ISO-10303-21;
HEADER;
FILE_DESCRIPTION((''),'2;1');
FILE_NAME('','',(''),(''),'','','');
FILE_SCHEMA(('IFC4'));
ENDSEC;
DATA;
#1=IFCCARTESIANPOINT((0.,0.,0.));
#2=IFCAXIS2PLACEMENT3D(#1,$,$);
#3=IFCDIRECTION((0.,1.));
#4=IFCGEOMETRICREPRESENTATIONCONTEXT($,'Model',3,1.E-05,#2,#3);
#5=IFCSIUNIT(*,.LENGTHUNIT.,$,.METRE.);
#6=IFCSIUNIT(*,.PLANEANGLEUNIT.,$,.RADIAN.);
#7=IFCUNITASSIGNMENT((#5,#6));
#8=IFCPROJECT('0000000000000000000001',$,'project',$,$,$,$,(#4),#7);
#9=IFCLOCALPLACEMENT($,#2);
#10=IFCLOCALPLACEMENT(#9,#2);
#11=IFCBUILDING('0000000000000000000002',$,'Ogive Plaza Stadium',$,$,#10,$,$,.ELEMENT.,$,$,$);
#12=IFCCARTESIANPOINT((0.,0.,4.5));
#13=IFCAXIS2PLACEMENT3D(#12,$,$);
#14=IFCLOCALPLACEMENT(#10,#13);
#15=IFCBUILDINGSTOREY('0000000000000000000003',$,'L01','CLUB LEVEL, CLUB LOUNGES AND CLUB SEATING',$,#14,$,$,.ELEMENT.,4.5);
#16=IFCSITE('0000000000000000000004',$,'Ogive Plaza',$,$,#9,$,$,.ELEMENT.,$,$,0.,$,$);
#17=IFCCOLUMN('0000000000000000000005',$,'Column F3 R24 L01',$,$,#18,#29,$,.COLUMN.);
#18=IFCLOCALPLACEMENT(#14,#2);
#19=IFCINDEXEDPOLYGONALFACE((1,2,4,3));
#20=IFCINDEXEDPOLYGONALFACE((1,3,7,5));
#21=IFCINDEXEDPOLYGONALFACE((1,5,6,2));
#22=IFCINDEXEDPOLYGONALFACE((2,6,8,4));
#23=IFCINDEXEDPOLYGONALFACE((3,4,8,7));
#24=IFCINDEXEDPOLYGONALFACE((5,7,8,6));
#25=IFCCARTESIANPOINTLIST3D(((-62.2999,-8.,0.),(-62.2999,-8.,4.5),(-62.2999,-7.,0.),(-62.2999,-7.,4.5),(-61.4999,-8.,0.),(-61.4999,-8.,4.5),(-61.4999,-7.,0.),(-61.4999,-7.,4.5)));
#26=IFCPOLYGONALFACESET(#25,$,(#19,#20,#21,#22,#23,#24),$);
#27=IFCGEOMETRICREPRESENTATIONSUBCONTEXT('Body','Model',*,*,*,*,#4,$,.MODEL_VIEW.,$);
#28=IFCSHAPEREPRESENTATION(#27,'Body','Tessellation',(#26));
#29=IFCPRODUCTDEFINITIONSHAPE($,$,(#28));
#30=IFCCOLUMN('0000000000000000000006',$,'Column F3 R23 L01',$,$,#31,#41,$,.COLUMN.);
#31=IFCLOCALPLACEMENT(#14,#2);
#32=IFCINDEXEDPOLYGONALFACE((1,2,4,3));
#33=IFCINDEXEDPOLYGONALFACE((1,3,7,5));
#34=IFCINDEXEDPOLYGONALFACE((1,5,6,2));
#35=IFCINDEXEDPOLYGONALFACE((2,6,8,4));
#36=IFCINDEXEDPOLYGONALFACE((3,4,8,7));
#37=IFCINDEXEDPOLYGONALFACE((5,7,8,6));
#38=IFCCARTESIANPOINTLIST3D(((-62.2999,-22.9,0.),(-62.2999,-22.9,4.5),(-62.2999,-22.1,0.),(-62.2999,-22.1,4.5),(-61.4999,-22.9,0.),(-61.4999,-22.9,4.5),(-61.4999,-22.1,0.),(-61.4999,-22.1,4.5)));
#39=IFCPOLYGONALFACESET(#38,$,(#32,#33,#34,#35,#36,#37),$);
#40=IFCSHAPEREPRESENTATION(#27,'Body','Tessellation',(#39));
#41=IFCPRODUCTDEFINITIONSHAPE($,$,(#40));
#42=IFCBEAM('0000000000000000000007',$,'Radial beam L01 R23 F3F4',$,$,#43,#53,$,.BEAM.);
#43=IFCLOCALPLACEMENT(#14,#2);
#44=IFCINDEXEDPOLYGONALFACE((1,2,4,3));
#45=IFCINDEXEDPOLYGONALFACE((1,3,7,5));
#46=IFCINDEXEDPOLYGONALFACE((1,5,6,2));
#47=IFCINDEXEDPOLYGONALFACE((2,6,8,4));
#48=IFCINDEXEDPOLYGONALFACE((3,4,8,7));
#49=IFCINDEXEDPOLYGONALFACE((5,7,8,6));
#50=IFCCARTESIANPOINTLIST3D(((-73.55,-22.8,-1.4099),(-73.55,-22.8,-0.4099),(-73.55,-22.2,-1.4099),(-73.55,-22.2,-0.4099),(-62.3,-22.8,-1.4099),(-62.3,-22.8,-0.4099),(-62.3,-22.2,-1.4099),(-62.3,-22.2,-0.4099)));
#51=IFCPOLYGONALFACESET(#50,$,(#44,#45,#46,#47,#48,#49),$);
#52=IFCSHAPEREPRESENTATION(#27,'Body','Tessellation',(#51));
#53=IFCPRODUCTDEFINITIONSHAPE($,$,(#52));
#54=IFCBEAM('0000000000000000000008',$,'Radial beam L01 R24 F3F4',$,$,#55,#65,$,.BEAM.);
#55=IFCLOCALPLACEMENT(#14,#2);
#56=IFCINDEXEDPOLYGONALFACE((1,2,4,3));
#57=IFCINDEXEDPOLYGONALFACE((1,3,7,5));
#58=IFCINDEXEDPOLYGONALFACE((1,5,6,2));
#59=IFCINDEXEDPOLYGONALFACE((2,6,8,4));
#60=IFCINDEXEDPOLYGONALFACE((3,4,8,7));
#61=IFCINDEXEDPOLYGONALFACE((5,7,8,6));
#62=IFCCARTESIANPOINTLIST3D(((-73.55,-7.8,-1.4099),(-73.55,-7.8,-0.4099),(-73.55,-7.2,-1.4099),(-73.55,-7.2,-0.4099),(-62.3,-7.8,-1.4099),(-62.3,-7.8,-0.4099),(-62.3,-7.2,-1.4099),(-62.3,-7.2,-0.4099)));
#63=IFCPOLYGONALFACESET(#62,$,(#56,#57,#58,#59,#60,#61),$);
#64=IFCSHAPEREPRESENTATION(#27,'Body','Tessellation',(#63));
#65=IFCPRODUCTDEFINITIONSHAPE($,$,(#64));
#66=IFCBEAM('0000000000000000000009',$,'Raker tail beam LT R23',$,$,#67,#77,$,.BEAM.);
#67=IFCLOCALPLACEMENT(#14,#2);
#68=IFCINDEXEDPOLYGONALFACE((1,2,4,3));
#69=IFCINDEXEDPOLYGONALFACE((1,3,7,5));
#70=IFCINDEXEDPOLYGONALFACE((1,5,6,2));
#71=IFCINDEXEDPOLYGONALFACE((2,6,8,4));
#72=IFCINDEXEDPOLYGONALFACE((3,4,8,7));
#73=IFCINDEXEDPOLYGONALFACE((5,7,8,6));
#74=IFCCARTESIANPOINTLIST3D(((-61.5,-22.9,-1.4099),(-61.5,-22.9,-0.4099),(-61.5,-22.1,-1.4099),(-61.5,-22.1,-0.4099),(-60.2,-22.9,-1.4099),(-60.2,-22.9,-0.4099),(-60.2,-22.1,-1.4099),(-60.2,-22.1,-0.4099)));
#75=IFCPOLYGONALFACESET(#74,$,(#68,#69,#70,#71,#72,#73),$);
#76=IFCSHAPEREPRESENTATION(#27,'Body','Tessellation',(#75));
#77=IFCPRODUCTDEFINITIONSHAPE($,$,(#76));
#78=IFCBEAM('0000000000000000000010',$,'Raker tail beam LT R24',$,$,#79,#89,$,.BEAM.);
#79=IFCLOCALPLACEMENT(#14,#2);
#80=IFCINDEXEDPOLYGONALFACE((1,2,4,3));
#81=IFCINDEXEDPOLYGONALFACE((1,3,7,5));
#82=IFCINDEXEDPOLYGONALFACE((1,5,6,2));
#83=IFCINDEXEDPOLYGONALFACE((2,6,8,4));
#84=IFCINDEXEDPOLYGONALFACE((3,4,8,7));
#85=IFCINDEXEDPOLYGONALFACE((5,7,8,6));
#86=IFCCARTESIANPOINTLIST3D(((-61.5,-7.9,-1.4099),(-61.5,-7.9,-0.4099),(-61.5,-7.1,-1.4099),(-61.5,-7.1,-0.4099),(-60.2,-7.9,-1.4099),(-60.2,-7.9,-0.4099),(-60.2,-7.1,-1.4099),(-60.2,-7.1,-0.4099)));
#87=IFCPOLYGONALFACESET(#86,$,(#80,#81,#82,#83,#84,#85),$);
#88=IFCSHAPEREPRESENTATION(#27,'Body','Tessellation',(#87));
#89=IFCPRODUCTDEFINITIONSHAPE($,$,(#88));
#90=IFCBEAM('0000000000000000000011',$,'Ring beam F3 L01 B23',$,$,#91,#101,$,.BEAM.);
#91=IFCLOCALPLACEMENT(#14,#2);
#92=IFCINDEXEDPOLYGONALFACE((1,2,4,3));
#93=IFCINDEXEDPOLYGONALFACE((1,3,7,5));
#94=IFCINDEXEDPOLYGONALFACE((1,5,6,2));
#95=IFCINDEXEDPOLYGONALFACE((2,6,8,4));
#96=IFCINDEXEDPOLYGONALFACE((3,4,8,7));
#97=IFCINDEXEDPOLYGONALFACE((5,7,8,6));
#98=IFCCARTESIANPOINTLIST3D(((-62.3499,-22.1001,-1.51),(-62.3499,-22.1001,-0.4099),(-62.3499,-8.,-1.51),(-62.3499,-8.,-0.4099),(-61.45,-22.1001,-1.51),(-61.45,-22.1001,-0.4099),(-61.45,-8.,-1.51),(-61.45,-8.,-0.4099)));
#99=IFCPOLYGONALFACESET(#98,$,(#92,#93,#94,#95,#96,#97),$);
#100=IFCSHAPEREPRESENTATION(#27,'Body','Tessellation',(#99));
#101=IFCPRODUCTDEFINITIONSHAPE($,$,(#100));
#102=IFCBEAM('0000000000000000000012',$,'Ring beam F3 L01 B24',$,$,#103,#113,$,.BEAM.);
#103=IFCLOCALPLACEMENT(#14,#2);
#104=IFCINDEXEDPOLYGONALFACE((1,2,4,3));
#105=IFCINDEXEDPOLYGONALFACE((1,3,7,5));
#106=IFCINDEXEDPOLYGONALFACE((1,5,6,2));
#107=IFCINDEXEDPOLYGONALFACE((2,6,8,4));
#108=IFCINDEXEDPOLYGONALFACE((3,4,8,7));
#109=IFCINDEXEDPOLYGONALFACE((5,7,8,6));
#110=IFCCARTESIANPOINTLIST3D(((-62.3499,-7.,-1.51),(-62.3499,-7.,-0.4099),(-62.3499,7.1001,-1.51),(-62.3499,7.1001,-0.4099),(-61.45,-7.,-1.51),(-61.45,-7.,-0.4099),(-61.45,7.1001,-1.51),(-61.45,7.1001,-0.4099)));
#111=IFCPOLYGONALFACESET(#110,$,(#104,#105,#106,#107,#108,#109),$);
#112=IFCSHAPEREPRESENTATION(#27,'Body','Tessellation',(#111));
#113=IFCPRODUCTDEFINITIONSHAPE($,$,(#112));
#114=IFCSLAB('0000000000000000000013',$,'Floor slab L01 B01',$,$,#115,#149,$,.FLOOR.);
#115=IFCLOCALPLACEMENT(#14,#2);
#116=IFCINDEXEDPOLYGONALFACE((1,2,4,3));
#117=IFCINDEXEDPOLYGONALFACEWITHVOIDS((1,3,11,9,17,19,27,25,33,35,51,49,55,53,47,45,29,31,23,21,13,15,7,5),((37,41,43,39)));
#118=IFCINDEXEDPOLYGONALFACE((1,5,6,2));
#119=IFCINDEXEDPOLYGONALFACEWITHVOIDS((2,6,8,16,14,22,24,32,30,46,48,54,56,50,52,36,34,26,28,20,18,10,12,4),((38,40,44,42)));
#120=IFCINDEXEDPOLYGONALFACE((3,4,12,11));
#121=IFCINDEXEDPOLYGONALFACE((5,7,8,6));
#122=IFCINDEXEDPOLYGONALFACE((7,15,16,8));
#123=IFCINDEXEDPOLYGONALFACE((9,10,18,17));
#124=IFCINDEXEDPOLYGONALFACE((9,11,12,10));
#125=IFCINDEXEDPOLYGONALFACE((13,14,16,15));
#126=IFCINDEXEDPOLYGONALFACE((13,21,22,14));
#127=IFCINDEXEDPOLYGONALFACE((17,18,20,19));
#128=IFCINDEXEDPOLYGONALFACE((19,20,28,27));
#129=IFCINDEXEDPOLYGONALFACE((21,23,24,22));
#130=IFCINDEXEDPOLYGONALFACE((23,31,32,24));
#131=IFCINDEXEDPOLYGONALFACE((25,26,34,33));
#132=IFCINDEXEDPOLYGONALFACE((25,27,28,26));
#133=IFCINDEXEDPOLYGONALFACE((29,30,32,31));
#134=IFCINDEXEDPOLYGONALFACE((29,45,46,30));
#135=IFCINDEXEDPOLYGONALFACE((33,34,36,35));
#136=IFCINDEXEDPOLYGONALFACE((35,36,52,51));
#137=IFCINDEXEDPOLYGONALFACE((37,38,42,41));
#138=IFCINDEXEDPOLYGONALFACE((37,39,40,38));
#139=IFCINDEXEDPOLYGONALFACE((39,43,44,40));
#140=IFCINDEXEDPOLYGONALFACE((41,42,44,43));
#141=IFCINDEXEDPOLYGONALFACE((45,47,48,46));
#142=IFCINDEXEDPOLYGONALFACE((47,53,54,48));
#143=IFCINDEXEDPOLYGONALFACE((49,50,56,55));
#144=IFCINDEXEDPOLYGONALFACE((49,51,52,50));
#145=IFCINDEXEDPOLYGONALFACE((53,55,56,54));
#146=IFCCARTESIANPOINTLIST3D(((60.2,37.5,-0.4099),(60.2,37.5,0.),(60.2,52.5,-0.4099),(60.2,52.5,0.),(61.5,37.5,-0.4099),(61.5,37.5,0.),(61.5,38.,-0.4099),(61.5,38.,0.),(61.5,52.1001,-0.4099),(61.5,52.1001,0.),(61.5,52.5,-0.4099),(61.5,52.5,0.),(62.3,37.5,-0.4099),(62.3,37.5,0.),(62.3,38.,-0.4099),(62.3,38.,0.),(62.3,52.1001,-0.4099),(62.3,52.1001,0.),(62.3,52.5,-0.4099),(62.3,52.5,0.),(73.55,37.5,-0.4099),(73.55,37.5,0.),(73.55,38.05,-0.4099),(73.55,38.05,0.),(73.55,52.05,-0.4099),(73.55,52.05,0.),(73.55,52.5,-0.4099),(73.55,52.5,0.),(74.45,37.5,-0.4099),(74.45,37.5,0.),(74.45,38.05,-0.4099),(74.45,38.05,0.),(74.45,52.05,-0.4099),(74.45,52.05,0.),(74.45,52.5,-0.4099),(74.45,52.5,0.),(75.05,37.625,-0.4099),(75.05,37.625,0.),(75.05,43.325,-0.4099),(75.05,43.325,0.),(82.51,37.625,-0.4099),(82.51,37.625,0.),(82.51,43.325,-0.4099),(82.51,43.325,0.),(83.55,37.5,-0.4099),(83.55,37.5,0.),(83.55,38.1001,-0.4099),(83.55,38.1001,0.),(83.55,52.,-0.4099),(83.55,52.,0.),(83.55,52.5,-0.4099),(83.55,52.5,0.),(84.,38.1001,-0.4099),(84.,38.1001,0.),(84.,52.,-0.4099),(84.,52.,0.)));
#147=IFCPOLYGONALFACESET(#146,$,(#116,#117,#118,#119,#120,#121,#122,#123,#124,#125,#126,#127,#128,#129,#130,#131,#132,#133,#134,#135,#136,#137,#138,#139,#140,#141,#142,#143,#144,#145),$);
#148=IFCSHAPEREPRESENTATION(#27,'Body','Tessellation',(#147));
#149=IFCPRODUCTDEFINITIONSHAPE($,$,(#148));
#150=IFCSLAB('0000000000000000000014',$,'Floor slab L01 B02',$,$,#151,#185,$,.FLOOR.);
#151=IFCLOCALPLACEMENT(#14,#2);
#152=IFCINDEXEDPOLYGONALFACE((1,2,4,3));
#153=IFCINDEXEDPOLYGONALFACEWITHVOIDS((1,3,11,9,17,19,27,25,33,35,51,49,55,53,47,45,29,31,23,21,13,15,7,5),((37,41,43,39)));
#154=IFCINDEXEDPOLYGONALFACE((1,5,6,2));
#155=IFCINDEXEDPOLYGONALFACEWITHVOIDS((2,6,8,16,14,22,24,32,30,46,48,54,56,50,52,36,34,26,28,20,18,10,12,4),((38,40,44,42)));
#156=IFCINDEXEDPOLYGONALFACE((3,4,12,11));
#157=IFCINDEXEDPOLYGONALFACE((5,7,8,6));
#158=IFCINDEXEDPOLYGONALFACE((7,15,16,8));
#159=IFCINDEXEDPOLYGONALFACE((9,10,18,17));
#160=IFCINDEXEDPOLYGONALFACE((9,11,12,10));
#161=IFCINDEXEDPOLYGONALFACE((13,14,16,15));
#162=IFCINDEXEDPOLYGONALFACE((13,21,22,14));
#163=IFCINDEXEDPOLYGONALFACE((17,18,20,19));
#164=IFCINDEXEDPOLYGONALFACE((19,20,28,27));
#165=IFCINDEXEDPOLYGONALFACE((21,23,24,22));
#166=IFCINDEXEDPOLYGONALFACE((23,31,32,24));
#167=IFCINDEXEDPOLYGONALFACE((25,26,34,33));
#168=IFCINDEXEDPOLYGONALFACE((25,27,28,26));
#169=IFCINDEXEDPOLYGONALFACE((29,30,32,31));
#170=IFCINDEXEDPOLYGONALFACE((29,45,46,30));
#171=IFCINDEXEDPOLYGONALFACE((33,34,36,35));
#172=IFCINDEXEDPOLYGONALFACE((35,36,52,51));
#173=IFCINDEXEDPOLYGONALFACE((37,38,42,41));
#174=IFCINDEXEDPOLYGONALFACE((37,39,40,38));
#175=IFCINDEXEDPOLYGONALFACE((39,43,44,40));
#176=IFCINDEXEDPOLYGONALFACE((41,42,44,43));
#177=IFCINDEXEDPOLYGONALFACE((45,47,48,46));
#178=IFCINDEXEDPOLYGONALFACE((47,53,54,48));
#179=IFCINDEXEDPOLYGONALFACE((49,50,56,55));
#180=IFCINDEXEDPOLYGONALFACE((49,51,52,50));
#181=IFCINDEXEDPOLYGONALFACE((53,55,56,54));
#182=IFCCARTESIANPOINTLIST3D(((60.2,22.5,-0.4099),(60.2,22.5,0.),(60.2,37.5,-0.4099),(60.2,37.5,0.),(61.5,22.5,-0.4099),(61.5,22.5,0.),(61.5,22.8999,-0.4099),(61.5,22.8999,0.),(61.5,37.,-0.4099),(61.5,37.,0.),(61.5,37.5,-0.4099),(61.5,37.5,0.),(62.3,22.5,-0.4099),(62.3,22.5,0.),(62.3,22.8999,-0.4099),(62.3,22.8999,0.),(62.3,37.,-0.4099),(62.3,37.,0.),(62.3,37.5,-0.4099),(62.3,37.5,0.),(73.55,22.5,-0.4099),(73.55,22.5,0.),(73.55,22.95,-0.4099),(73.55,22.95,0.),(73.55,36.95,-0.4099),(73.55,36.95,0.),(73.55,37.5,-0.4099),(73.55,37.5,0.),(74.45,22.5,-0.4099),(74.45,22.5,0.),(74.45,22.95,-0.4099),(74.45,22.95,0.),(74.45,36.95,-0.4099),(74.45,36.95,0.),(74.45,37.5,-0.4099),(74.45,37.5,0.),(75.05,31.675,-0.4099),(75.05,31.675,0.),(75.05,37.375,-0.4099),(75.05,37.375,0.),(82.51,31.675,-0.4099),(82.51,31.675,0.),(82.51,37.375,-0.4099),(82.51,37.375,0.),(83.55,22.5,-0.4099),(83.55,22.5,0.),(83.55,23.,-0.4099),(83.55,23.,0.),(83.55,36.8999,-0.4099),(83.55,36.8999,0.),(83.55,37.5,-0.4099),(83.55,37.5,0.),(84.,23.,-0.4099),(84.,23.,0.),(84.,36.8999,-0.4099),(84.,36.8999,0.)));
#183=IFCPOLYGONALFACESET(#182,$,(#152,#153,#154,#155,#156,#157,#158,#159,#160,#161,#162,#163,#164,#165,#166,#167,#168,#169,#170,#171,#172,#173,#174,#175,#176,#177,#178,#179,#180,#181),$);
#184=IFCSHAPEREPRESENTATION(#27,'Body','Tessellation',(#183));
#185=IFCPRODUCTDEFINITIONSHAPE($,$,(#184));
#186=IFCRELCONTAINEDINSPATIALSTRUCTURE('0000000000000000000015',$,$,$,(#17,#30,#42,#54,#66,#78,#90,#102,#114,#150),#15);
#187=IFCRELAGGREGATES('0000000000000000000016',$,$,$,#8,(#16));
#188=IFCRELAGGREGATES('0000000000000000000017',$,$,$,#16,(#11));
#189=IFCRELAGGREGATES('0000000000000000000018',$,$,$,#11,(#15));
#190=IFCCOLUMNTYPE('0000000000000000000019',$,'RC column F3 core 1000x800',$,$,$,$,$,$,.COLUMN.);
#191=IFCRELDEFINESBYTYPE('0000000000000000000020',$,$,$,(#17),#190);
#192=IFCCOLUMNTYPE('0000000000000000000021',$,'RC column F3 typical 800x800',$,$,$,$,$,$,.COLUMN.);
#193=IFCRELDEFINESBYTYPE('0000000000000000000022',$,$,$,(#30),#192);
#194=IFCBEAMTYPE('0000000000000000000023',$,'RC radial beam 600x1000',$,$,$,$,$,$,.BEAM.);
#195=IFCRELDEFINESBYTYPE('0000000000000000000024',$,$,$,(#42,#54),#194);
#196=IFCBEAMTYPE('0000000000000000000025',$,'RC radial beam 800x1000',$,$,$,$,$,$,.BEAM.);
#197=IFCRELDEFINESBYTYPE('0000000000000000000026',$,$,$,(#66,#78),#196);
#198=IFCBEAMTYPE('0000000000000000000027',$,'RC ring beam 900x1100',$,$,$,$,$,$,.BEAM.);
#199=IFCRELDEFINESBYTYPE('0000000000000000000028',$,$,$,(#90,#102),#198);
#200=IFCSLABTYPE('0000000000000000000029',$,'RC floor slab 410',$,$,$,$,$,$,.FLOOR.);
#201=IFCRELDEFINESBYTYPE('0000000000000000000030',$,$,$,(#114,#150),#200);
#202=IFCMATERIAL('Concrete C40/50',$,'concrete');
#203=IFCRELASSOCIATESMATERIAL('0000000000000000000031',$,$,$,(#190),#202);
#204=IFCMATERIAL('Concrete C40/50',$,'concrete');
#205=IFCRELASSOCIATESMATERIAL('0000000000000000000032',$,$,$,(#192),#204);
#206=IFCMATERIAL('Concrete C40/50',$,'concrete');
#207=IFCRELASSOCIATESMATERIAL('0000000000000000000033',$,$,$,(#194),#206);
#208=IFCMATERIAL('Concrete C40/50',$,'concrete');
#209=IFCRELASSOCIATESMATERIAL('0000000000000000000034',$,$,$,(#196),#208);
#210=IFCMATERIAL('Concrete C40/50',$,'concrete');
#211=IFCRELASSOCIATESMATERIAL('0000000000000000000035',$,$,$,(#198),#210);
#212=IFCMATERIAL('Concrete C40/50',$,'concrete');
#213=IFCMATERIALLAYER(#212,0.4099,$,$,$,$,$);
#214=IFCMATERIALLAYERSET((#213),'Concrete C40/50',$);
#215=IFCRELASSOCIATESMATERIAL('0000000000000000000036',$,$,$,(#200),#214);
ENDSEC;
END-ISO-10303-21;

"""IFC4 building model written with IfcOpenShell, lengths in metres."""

from ifc_helpers import new_model, si_unit, direction, frame, origin, origin_2d, place, context, subcontext, project, spatial, polyline, rectangle, outline, extrude, material, layer, layer_set, material_profile, profile_set, type_object, element, save


model = new_model("IFC4")

# Units and contexts
model_context = context("Model", 3, precision=1e-05, world=origin(), true_north=direction((0.0, 1.0)))
body_context = subcontext(model_context, "Body", "Model", "MODEL_VIEW")
ifc_project = project(units=[si_unit("LENGTHUNIT", "METRE"), si_unit("PLANEANGLEUNIT", "RADIAN")], contexts=[model_context])

# Site, building, storey
site_placement = place(None, origin())
site = spatial("IfcSite", under=ifc_project, at=site_placement, Name="Ogive Plaza", CompositionType="ELEMENT", RefElevation=0.0)
building_placement = place(site_placement, origin())
building = spatial("IfcBuilding", under=site, at=building_placement, Name="Ogive Plaza Stadium", CompositionType="ELEMENT")
storey_placement = place(building_placement, frame((0.0, 0.0, 4.5)))
storey = spatial("IfcBuildingStorey", under=building, at=storey_placement, Name="L01", Description="CLUB LEVEL, CLUB LOUNGES AND CLUB SEATING", CompositionType="ELEMENT", Elevation=4.5)

# Columns
ifc_material_1 = material(Name="Concrete C40/50", Category="concrete")
ifc_material_profile_1 = material_profile(ifc_material_1, rectangle(XDim=1.0, YDim=0.8, at=origin_2d()), Name="RC 1000x800")
ifc_profile_set_1 = profile_set([ifc_material_profile_1], Name="Concrete C40/50")
column_type_1 = type_object("IfcColumnType", Name="RC column F3 core 1000x800", PredefinedType="COLUMN", material=ifc_profile_set_1)
column_1_placement = place(storey_placement, frame((-61.8999, -7.5, 0.0), z_axis=(0.0, 0.0, 1.0), x_axis=(0.0, -1.0, 0.0)))
element("IfcColumn", 1, at=column_1_placement, inside=storey, type_object=column_type_1, Name="Column F3 R24 L01", PredefinedType="COLUMN", context=body_context, shape_type="SweptSolid", body=[
    extrude(rectangle(XDim=1.0, YDim=0.8, at=origin_2d()), origin(), (0.0, 0.0, 1.0), 4.5),
])
ifc_material_2 = material(Name="Concrete C40/50", Category="concrete")
ifc_material_profile_2 = material_profile(ifc_material_2, rectangle(XDim=0.8, YDim=0.8, at=origin_2d()), Name="RC 800x800")
ifc_profile_set_2 = profile_set([ifc_material_profile_2], Name="Concrete C40/50")
column_type_2 = type_object("IfcColumnType", Name="RC column F3 typical 800x800", PredefinedType="COLUMN", material=ifc_profile_set_2)
column_2_placement = place(storey_placement, frame((-61.8999, -22.5, 0.0), z_axis=(0.0, 0.0, 1.0), x_axis=(0.0, -1.0, 0.0)))
element("IfcColumn", 2, at=column_2_placement, inside=storey, type_object=column_type_2, Name="Column F3 R23 L01", PredefinedType="COLUMN", context=body_context, shape_type="SweptSolid", body=[
    extrude(rectangle(XDim=0.8, YDim=0.8, at=origin_2d()), origin(), (0.0, 0.0, 1.0), 4.5),
])

# Beams
ifc_material_3 = material(Name="Concrete C40/50", Category="concrete")
ifc_material_profile_3 = material_profile(ifc_material_3, rectangle(XDim=0.6001, YDim=1.0, at=origin_2d()), Name="RC 600x1000")
ifc_profile_set_3 = profile_set([ifc_material_profile_3], Name="Concrete C40/50")
beam_type_1 = type_object("IfcBeamType", Name="RC radial beam 600x1000", PredefinedType="BEAM", material=ifc_profile_set_3)
for number, where, z_axis, x_axis, name in (
    (3, (-62.3, -22.5, -0.9099), (-1.0, 0.0, 0.0), (0.0, -1.0, 0.0), "Radial beam L01 R23 F3F4"),
    (4, (-62.3, -7.5, -0.9099), (-1.0, 0.0, 0.0), (0.0, -1.0, 0.0), "Radial beam L01 R24 F3F4"),
):
    element("IfcBeam", number, at=place(storey_placement, frame(where, z_axis=z_axis, x_axis=x_axis)), inside=storey, type_object=beam_type_1, Name=name, PredefinedType="BEAM", context=body_context, shape_type="SweptSolid", body=[
        extrude(rectangle(XDim=0.6001, YDim=1.0, at=origin_2d()), origin(), (0.0, 0.0, 1.0), 11.25),
    ])
ifc_material_4 = material(Name="Concrete C40/50", Category="concrete")
ifc_material_profile_4 = material_profile(ifc_material_4, rectangle(XDim=0.8, YDim=1.0, at=origin_2d()), Name="RC 800x1000")
ifc_profile_set_4 = profile_set([ifc_material_profile_4], Name="Concrete C40/50")
beam_type_2 = type_object("IfcBeamType", Name="RC radial beam 800x1000", PredefinedType="BEAM", material=ifc_profile_set_4)
for number, where, z_axis, x_axis, name in (
    (5, (-60.2, -22.5, -0.9099), (-1.0, 0.0, 0.0), (0.0, -1.0, 0.0), "Raker tail beam LT R23"),
    (6, (-60.2, -7.5, -0.9099), (-1.0, 0.0, 0.0), (0.0, -1.0, 0.0), "Raker tail beam LT R24"),
):
    element("IfcBeam", number, at=place(storey_placement, frame(where, z_axis=z_axis, x_axis=x_axis)), inside=storey, type_object=beam_type_2, Name=name, PredefinedType="BEAM", context=body_context, shape_type="SweptSolid", body=[
        extrude(rectangle(XDim=0.8, YDim=1.0, at=origin_2d()), origin(), (0.0, 0.0, 1.0), 1.3),
    ])
ifc_material_5 = material(Name="Concrete C40/50", Category="concrete")
ifc_material_profile_5 = material_profile(ifc_material_5, rectangle(XDim=0.8999, YDim=1.1001, at=origin_2d()), Name="RC 900x1100")
ifc_profile_set_5 = profile_set([ifc_material_profile_5], Name="Concrete C40/50")
beam_type_3 = type_object("IfcBeamType", Name="RC ring beam 900x1100", PredefinedType="BEAM", material=ifc_profile_set_5)
for number, where, z_axis, x_axis, name in (
    (7, (-61.8999, -22.1001, -0.96), (0.0, 1.0, 0.0), (-1.0, 0.0, 0.0), "Ring beam F3 L01 B23"),
    (8, (-61.8999, -7.0, -0.96), (0.0, 1.0, 0.0), (-1.0, 0.0, 0.0), "Ring beam F3 L01 B24"),
):
    element("IfcBeam", number, at=place(storey_placement, frame(where, z_axis=z_axis, x_axis=x_axis)), inside=storey, type_object=beam_type_3, Name=name, PredefinedType="BEAM", context=body_context, shape_type="SweptSolid", body=[
        extrude(rectangle(XDim=0.8999, YDim=1.1001, at=origin_2d()), origin(), (0.0, 0.0, 1.0), 14.1001),
    ])

# Slabs
ifc_material_6 = material(Name="Concrete C40/50", Category="concrete")
ifc_layer_1 = layer(ifc_material_6, 0.4099)
ifc_layer_set_1 = layer_set([ifc_layer_1], Name="Concrete C40/50")
slab_type = type_object("IfcSlabType", Name="RC floor slab 410", PredefinedType="FLOOR", material=ifc_layer_set_1)
slab_1_placement = place(storey_placement, frame((0.0, 0.0, -0.4099)))
element("IfcSlab", 9, at=slab_1_placement, inside=storey, type_object=slab_type, Name="Floor slab L01 B01", PredefinedType="FLOOR", context=body_context, shape_type="SweptSolid", body=[
    extrude(outline(polyline([(61.5, 37.5), (61.5, 38.0), (62.3, 38.0), (62.3, 37.5), (73.55, 37.5), (73.55, 38.05), (74.45, 38.05), (74.45, 37.5), (83.55, 37.5), (83.55, 38.1001), (84.0, 38.1001), (84.0, 52.0), (83.55, 52.0), (83.55, 52.5), (74.45, 52.5), (74.45, 52.05), (73.55, 52.05), (73.55, 52.5), (62.3, 52.5), (62.3, 52.1001), (61.5, 52.1001), (61.5, 52.5), (60.2, 52.5), (60.2, 37.5), (61.5, 37.5)]), holes=[polyline([(75.05, 43.325), (75.05, 37.625), (82.51, 37.625), (82.51, 43.325), (75.05, 43.325)])]), origin(), (0.0, 0.0, 1.0), 0.4099),
])
slab_2_placement = place(storey_placement, frame((0.0, 0.0, -0.4099)))
element("IfcSlab", 10, at=slab_2_placement, inside=storey, type_object=slab_type, Name="Floor slab L01 B02", PredefinedType="FLOOR", context=body_context, shape_type="SweptSolid", body=[
    extrude(outline(polyline([(61.5, 22.5), (61.5, 22.8999), (62.3, 22.8999), (62.3, 22.5), (73.55, 22.5), (73.55, 22.95), (74.45, 22.95), (74.45, 22.5), (83.55, 22.5), (83.55, 23.0), (84.0, 23.0), (84.0, 36.8999), (83.55, 36.8999), (83.55, 37.5), (74.45, 37.5), (74.45, 36.95), (73.55, 36.95), (73.55, 37.5), (62.3, 37.5), (62.3, 37.0), (61.5, 37.0), (61.5, 37.5), (60.2, 37.5), (60.2, 22.5), (61.5, 22.5)]), holes=[polyline([(75.05, 37.375), (75.05, 31.675), (82.51, 31.675), (82.51, 37.375), (75.05, 37.375)])]), origin(), (0.0, 0.0, 1.0), 0.4099),
])

save(model, "model.ifc")
